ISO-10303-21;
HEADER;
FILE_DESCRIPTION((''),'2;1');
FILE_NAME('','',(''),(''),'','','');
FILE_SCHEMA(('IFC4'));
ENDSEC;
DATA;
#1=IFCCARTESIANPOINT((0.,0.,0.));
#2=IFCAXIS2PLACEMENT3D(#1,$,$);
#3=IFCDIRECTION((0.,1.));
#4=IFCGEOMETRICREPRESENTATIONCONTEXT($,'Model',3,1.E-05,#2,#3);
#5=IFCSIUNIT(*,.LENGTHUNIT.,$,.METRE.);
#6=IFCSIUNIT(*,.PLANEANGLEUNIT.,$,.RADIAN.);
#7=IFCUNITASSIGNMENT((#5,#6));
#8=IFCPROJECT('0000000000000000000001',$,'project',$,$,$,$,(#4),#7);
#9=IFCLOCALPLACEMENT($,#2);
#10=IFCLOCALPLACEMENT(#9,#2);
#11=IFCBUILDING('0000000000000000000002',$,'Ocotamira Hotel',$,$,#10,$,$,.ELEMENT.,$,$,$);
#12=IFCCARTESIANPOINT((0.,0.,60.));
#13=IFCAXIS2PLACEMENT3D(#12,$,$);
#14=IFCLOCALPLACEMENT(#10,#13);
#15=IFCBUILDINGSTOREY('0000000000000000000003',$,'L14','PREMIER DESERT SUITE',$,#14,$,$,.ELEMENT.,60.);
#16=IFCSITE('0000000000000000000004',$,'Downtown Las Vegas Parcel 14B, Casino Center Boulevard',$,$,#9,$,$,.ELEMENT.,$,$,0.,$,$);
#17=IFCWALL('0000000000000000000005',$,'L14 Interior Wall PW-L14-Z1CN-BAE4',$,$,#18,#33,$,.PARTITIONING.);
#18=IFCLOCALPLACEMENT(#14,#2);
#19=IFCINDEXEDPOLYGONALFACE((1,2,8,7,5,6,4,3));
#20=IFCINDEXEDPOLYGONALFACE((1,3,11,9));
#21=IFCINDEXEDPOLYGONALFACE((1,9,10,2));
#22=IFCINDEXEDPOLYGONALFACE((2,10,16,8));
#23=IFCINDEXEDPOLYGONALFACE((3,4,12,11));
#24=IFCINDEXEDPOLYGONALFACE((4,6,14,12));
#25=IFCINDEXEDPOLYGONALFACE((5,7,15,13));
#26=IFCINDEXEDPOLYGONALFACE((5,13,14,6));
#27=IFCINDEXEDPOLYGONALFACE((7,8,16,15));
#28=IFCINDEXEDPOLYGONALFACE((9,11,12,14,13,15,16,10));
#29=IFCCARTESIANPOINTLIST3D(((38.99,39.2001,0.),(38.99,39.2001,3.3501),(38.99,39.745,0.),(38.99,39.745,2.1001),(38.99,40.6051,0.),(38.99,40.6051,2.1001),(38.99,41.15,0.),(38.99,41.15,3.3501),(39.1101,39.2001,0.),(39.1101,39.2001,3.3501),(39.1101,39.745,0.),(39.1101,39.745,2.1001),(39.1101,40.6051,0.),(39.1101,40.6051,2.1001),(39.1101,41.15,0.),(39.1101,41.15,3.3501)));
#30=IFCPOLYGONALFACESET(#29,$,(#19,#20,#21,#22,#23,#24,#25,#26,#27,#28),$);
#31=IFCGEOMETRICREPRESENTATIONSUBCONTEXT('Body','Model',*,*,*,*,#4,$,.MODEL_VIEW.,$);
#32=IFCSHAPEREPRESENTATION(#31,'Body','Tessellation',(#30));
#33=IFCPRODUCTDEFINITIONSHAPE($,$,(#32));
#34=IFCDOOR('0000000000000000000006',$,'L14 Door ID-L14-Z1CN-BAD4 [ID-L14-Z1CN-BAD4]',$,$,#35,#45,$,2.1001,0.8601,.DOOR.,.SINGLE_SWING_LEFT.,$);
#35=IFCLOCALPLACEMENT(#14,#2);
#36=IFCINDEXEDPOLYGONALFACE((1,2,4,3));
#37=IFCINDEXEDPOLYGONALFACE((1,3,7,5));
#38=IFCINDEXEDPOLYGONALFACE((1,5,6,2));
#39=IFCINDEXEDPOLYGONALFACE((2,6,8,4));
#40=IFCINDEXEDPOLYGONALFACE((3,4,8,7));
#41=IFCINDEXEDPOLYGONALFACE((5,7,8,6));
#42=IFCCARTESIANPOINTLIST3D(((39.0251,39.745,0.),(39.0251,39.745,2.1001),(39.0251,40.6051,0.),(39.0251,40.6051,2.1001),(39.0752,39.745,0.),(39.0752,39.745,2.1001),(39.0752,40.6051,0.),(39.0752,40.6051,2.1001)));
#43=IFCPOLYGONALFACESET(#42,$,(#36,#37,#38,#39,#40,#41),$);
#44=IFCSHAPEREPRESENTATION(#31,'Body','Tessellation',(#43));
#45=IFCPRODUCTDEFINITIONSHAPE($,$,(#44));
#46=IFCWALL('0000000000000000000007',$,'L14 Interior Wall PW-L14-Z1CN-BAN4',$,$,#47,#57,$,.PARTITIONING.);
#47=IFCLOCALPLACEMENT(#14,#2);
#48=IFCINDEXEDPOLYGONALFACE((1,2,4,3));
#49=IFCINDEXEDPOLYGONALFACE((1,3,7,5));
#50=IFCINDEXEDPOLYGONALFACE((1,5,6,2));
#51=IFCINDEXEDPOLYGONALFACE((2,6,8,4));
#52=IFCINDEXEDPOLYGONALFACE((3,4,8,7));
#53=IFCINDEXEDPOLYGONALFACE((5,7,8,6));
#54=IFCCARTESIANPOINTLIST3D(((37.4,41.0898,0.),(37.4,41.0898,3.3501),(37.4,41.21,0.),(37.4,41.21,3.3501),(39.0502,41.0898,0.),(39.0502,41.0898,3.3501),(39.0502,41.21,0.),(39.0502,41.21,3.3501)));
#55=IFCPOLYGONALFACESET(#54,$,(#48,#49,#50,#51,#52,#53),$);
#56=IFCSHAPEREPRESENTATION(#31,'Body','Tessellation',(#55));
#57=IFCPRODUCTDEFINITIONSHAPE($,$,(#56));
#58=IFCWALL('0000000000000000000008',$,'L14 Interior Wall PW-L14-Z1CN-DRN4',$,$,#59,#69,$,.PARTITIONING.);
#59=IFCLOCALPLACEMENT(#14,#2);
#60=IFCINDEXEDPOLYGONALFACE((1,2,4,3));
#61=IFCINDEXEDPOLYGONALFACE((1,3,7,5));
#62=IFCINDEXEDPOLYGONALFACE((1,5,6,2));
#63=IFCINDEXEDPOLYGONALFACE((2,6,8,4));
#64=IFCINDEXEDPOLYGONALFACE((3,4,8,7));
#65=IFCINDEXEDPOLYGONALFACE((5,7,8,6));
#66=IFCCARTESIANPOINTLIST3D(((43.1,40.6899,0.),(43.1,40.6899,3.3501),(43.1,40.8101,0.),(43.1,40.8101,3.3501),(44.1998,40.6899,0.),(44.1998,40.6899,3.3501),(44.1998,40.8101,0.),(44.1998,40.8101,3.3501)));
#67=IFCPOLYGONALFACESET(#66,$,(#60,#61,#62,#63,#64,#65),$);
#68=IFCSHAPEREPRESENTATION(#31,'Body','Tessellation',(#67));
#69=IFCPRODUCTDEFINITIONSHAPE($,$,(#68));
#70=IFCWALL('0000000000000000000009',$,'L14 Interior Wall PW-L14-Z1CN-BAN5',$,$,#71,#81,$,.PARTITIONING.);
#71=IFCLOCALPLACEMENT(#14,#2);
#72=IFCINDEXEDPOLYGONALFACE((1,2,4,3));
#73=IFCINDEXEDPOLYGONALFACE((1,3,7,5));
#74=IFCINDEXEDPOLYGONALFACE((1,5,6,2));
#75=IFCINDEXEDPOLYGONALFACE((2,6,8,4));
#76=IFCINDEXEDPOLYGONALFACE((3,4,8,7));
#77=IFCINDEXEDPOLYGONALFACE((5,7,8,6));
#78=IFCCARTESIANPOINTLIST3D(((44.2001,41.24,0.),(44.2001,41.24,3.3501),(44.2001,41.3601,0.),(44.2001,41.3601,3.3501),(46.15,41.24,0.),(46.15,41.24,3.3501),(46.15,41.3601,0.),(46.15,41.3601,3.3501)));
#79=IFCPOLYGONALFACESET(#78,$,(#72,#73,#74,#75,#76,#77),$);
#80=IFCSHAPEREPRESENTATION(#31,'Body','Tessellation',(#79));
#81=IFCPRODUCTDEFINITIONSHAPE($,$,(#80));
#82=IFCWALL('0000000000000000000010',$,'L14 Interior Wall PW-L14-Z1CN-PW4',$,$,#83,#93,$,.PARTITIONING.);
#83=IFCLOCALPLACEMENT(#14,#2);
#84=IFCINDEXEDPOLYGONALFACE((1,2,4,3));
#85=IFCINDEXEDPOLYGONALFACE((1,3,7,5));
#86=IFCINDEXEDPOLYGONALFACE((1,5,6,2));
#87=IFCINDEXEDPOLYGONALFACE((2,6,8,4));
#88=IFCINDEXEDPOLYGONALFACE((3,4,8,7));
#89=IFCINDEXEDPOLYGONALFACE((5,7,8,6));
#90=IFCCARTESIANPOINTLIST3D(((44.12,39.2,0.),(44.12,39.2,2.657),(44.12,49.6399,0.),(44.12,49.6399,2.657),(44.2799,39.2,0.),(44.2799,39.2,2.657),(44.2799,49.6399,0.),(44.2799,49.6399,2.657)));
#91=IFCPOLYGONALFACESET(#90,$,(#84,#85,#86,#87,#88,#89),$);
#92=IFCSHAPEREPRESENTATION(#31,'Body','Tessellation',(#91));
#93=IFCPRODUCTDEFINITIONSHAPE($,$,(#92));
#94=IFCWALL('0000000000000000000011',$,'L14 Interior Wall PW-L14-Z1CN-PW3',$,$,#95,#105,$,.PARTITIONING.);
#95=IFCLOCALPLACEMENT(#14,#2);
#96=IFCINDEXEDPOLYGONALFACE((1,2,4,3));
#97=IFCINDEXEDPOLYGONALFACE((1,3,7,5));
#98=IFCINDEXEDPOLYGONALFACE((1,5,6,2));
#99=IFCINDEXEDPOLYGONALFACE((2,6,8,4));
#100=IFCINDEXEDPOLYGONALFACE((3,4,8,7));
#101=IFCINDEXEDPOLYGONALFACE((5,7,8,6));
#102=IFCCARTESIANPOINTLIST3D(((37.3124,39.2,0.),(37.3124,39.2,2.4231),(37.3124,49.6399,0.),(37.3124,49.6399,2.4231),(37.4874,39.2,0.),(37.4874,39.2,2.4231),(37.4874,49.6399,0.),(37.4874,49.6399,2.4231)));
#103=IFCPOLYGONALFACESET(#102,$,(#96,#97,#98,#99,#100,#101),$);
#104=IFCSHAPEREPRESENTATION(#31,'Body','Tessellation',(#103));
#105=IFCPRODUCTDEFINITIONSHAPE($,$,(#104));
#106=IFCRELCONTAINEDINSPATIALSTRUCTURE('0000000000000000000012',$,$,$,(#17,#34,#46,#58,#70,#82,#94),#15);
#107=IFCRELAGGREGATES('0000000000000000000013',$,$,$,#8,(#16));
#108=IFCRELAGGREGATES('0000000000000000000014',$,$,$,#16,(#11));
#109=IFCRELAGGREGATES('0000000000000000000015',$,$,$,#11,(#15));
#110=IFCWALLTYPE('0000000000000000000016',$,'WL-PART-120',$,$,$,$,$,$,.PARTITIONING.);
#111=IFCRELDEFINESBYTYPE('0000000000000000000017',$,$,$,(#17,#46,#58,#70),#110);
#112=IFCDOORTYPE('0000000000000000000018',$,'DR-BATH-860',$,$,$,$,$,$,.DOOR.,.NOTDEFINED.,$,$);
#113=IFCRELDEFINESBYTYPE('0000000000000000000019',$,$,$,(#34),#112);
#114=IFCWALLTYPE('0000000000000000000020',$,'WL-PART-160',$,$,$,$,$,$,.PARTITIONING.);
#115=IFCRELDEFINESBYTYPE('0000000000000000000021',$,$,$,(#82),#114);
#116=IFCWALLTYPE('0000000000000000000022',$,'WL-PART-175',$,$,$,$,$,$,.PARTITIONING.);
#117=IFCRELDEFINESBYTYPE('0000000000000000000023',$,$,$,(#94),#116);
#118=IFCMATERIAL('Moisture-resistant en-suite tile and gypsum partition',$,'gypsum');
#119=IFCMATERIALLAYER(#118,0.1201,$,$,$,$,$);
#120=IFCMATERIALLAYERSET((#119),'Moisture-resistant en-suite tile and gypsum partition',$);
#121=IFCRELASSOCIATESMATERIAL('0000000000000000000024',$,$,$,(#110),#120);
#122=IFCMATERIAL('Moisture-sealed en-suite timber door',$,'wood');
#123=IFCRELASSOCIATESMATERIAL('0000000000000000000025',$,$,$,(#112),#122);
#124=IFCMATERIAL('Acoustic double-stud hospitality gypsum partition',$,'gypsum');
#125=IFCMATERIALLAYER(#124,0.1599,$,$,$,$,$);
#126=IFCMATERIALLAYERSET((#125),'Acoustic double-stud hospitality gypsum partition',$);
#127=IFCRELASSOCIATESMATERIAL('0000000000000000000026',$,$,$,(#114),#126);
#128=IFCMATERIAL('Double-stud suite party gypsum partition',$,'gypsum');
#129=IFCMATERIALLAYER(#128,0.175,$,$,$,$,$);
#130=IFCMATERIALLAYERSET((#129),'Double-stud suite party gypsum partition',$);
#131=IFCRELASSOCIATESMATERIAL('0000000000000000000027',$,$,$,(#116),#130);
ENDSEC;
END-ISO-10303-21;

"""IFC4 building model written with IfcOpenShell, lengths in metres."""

from ifc_helpers import new_model, si_unit, direction, frame, frame_2d, origin, place, context, subcontext, project, spatial, rectangle, extrude, source, transform, mapped, material, layer, layer_set, type_object, element, fill, save


model = new_model("IFC4")

# Units and contexts
model_context = context("Model", 3, precision=1e-05, world=origin(), true_north=direction((0.0, 1.0)))
body_context = subcontext(model_context, "Body", "Model", "MODEL_VIEW")
ifc_project = project(units=[si_unit("LENGTHUNIT", "METRE"), si_unit("PLANEANGLEUNIT", "RADIAN")], contexts=[model_context])

# Site, building, storey
site_placement = place(None, origin())
site = spatial("IfcSite", under=ifc_project, at=site_placement, Name="Downtown Las Vegas Parcel 14B, Casino Center Boulevard", CompositionType="ELEMENT", RefElevation=0.0)
building_placement = place(site_placement, origin())
building = spatial("IfcBuilding", under=site, at=building_placement, Name="Ocotamira Hotel", CompositionType="ELEMENT")
storey_placement = place(building_placement, frame((0.0, 0.0, 60.0)))
storey = spatial("IfcBuildingStorey", under=building, at=storey_placement, Name="L14", Description="PREMIER DESERT SUITE", CompositionType="ELEMENT", Elevation=60.0)

# Shared definitions
ifc_material_1 = material(Name="Moisture-resistant en-suite tile and gypsum partition", Category="gypsum")
ifc_layer_1 = layer(ifc_material_1, 0.1201)
ifc_layer_set_1 = layer_set([ifc_layer_1], Name="Moisture-resistant en-suite tile and gypsum partition")
wall_type_1 = type_object("IfcWallType", Name="WL-PART-120", PredefinedType="PARTITIONING", material=ifc_layer_set_1)

# Wall, opening, door
wall_1_placement = place(storey_placement, frame((39.05, 39.2, 0.0), z_axis=(0.0, 0.0, 1.0), x_axis=(0.0, 1.0, 0.0)))
wall_1 = element("IfcWall", 1, at=wall_1_placement, inside=storey, type_object=wall_type_1, Name="L14 Interior Wall PW-L14-Z1CN-BAE4", PredefinedType="PARTITIONING", context=body_context, shape_type="SweptSolid", body=[
    extrude(rectangle(XDim=1.95, YDim=0.1201, at=frame_2d((0.9751, 0.0))), origin(), (0.0, 0.0, 1.0), 3.3501),
])
opening_placement = place(wall_1_placement, frame((0.5449, 0.0, 0.0)))
opening = element("IfcOpeningElement", 2, at=opening_placement, cuts=wall_1, PredefinedType="OPENING", context=body_context, shape_type="SweptSolid", body=[
    extrude(rectangle(XDim=0.8601, YDim=2.1001, at=frame_2d((0.4302, 1.05))), frame((0.0, 0.0701, 0.0), z_axis=(0.0, -1.0, 0.0), x_axis=(1.0, 0.0, 0.0)), (0.0, 0.0, 1.0), 0.1401),
])
ifc_material_2 = material(Name="Moisture-sealed en-suite timber door", Category="wood")
door_type = type_object("IfcDoorType", Name="DR-BATH-860", OperationType="NOTDEFINED", PredefinedType="DOOR", material=ifc_material_2)
shared_shape_1 = source(origin(), body_context, "Body", "SweptSolid", [
    extrude(rectangle(XDim=0.8601, YDim=2.1001, at=frame_2d((0.4302, 1.05))), frame((0.0, 0.0249, 0.0), z_axis=(0.0, -1.0, 0.0), x_axis=(1.0, 0.0, 0.0)), (0.0, 0.0, 1.0), 0.05),
])
door_placement = place(opening_placement, origin())
door = element("IfcDoor", 3, at=door_placement, inside=storey, type_object=door_type, Name="L14 Door ID-L14-Z1CN-BAD4 [ID-L14-Z1CN-BAD4]", OperationType="SINGLE_SWING_LEFT", OverallHeight=2.1001, OverallWidth=0.8601, PredefinedType="DOOR", context=body_context, shape_type="MappedRepresentation", body=[
    mapped(shared_shape_1, transform((0.0, 0.0, 0.0), scale=1.0)),
])
fill(opening, door)

# Walls
wall_2_placement = place(storey_placement, frame((37.3999, 41.1499, 0.0), z_axis=(0.0, 0.0, 1.0), x_axis=(1.0, 0.0, 0.0)))
element("IfcWall", 4, at=wall_2_placement, inside=storey, type_object=wall_type_1, Name="L14 Interior Wall PW-L14-Z1CN-BAN4", PredefinedType="PARTITIONING", context=body_context, shape_type="SweptSolid", body=[
    extrude(rectangle(XDim=1.6501, YDim=0.1201, at=frame_2d((0.8252, 0.0))), origin(), (0.0, 0.0, 1.0), 3.3501),
])
wall_3_placement = place(storey_placement, frame((43.1001, 40.75, 0.0), z_axis=(0.0, 0.0, 1.0), x_axis=(1.0, 0.0, 0.0)))
element("IfcWall", 5, at=wall_3_placement, inside=storey, type_object=wall_type_1, Name="L14 Interior Wall PW-L14-Z1CN-DRN4", PredefinedType="PARTITIONING", context=body_context, shape_type="SweptSolid", body=[
    extrude(rectangle(XDim=1.0999, YDim=0.1201, at=frame_2d((0.5498, 0.0))), origin(), (0.0, 0.0, 1.0), 3.3501),
])
wall_4_placement = place(storey_placement, frame((44.2, 41.3, 0.0), z_axis=(0.0, 0.0, 1.0), x_axis=(1.0, 0.0, 0.0)))
element("IfcWall", 6, at=wall_4_placement, inside=storey, type_object=wall_type_1, Name="L14 Interior Wall PW-L14-Z1CN-BAN5", PredefinedType="PARTITIONING", context=body_context, shape_type="SweptSolid", body=[
    extrude(rectangle(XDim=1.95, YDim=0.1201, at=frame_2d((0.9751, 0.0))), origin(), (0.0, 0.0, 1.0), 3.3501),
])
ifc_material_3 = material(Name="Acoustic double-stud hospitality gypsum partition", Category="gypsum")
ifc_layer_2 = layer(ifc_material_3, 0.1599)
ifc_layer_set_2 = layer_set([ifc_layer_2], Name="Acoustic double-stud hospitality gypsum partition")
wall_type_2 = type_object("IfcWallType", Name="WL-PART-160", PredefinedType="PARTITIONING", material=ifc_layer_set_2)
wall_5_placement = place(storey_placement, frame((44.2, 39.2, 0.0), z_axis=(0.0, 0.0, 1.0), x_axis=(0.0, 1.0, 0.0)))
element("IfcWall", 7, at=wall_5_placement, inside=storey, type_object=wall_type_2, Name="L14 Interior Wall PW-L14-Z1CN-PW4", PredefinedType="PARTITIONING", context=body_context, shape_type="SweptSolid", body=[
    extrude(rectangle(XDim=10.4399, YDim=0.1599, at=frame_2d((5.22, 0.0))), origin(), (0.0, 0.0, 1.0), 2.657),
])
ifc_material_4 = material(Name="Double-stud suite party gypsum partition", Category="gypsum")
ifc_layer_3 = layer(ifc_material_4, 0.175)
ifc_layer_set_3 = layer_set([ifc_layer_3], Name="Double-stud suite party gypsum partition")
wall_type_3 = type_object("IfcWallType", Name="WL-PART-175", PredefinedType="PARTITIONING", material=ifc_layer_set_3)
wall_6_placement = place(storey_placement, frame((37.3999, 39.2, 0.0), z_axis=(0.0, 0.0, 1.0), x_axis=(0.0, 1.0, 0.0)))
element("IfcWall", 8, at=wall_6_placement, inside=storey, type_object=wall_type_3, Name="L14 Interior Wall PW-L14-Z1CN-PW3", PredefinedType="PARTITIONING", context=body_context, shape_type="SweptSolid", body=[
    extrude(rectangle(XDim=10.4399, YDim=0.175, at=frame_2d((5.22, 0.0))), origin(), (0.0, 0.0, 1.0), 2.4231),
])

save(model, "model.ifc")
